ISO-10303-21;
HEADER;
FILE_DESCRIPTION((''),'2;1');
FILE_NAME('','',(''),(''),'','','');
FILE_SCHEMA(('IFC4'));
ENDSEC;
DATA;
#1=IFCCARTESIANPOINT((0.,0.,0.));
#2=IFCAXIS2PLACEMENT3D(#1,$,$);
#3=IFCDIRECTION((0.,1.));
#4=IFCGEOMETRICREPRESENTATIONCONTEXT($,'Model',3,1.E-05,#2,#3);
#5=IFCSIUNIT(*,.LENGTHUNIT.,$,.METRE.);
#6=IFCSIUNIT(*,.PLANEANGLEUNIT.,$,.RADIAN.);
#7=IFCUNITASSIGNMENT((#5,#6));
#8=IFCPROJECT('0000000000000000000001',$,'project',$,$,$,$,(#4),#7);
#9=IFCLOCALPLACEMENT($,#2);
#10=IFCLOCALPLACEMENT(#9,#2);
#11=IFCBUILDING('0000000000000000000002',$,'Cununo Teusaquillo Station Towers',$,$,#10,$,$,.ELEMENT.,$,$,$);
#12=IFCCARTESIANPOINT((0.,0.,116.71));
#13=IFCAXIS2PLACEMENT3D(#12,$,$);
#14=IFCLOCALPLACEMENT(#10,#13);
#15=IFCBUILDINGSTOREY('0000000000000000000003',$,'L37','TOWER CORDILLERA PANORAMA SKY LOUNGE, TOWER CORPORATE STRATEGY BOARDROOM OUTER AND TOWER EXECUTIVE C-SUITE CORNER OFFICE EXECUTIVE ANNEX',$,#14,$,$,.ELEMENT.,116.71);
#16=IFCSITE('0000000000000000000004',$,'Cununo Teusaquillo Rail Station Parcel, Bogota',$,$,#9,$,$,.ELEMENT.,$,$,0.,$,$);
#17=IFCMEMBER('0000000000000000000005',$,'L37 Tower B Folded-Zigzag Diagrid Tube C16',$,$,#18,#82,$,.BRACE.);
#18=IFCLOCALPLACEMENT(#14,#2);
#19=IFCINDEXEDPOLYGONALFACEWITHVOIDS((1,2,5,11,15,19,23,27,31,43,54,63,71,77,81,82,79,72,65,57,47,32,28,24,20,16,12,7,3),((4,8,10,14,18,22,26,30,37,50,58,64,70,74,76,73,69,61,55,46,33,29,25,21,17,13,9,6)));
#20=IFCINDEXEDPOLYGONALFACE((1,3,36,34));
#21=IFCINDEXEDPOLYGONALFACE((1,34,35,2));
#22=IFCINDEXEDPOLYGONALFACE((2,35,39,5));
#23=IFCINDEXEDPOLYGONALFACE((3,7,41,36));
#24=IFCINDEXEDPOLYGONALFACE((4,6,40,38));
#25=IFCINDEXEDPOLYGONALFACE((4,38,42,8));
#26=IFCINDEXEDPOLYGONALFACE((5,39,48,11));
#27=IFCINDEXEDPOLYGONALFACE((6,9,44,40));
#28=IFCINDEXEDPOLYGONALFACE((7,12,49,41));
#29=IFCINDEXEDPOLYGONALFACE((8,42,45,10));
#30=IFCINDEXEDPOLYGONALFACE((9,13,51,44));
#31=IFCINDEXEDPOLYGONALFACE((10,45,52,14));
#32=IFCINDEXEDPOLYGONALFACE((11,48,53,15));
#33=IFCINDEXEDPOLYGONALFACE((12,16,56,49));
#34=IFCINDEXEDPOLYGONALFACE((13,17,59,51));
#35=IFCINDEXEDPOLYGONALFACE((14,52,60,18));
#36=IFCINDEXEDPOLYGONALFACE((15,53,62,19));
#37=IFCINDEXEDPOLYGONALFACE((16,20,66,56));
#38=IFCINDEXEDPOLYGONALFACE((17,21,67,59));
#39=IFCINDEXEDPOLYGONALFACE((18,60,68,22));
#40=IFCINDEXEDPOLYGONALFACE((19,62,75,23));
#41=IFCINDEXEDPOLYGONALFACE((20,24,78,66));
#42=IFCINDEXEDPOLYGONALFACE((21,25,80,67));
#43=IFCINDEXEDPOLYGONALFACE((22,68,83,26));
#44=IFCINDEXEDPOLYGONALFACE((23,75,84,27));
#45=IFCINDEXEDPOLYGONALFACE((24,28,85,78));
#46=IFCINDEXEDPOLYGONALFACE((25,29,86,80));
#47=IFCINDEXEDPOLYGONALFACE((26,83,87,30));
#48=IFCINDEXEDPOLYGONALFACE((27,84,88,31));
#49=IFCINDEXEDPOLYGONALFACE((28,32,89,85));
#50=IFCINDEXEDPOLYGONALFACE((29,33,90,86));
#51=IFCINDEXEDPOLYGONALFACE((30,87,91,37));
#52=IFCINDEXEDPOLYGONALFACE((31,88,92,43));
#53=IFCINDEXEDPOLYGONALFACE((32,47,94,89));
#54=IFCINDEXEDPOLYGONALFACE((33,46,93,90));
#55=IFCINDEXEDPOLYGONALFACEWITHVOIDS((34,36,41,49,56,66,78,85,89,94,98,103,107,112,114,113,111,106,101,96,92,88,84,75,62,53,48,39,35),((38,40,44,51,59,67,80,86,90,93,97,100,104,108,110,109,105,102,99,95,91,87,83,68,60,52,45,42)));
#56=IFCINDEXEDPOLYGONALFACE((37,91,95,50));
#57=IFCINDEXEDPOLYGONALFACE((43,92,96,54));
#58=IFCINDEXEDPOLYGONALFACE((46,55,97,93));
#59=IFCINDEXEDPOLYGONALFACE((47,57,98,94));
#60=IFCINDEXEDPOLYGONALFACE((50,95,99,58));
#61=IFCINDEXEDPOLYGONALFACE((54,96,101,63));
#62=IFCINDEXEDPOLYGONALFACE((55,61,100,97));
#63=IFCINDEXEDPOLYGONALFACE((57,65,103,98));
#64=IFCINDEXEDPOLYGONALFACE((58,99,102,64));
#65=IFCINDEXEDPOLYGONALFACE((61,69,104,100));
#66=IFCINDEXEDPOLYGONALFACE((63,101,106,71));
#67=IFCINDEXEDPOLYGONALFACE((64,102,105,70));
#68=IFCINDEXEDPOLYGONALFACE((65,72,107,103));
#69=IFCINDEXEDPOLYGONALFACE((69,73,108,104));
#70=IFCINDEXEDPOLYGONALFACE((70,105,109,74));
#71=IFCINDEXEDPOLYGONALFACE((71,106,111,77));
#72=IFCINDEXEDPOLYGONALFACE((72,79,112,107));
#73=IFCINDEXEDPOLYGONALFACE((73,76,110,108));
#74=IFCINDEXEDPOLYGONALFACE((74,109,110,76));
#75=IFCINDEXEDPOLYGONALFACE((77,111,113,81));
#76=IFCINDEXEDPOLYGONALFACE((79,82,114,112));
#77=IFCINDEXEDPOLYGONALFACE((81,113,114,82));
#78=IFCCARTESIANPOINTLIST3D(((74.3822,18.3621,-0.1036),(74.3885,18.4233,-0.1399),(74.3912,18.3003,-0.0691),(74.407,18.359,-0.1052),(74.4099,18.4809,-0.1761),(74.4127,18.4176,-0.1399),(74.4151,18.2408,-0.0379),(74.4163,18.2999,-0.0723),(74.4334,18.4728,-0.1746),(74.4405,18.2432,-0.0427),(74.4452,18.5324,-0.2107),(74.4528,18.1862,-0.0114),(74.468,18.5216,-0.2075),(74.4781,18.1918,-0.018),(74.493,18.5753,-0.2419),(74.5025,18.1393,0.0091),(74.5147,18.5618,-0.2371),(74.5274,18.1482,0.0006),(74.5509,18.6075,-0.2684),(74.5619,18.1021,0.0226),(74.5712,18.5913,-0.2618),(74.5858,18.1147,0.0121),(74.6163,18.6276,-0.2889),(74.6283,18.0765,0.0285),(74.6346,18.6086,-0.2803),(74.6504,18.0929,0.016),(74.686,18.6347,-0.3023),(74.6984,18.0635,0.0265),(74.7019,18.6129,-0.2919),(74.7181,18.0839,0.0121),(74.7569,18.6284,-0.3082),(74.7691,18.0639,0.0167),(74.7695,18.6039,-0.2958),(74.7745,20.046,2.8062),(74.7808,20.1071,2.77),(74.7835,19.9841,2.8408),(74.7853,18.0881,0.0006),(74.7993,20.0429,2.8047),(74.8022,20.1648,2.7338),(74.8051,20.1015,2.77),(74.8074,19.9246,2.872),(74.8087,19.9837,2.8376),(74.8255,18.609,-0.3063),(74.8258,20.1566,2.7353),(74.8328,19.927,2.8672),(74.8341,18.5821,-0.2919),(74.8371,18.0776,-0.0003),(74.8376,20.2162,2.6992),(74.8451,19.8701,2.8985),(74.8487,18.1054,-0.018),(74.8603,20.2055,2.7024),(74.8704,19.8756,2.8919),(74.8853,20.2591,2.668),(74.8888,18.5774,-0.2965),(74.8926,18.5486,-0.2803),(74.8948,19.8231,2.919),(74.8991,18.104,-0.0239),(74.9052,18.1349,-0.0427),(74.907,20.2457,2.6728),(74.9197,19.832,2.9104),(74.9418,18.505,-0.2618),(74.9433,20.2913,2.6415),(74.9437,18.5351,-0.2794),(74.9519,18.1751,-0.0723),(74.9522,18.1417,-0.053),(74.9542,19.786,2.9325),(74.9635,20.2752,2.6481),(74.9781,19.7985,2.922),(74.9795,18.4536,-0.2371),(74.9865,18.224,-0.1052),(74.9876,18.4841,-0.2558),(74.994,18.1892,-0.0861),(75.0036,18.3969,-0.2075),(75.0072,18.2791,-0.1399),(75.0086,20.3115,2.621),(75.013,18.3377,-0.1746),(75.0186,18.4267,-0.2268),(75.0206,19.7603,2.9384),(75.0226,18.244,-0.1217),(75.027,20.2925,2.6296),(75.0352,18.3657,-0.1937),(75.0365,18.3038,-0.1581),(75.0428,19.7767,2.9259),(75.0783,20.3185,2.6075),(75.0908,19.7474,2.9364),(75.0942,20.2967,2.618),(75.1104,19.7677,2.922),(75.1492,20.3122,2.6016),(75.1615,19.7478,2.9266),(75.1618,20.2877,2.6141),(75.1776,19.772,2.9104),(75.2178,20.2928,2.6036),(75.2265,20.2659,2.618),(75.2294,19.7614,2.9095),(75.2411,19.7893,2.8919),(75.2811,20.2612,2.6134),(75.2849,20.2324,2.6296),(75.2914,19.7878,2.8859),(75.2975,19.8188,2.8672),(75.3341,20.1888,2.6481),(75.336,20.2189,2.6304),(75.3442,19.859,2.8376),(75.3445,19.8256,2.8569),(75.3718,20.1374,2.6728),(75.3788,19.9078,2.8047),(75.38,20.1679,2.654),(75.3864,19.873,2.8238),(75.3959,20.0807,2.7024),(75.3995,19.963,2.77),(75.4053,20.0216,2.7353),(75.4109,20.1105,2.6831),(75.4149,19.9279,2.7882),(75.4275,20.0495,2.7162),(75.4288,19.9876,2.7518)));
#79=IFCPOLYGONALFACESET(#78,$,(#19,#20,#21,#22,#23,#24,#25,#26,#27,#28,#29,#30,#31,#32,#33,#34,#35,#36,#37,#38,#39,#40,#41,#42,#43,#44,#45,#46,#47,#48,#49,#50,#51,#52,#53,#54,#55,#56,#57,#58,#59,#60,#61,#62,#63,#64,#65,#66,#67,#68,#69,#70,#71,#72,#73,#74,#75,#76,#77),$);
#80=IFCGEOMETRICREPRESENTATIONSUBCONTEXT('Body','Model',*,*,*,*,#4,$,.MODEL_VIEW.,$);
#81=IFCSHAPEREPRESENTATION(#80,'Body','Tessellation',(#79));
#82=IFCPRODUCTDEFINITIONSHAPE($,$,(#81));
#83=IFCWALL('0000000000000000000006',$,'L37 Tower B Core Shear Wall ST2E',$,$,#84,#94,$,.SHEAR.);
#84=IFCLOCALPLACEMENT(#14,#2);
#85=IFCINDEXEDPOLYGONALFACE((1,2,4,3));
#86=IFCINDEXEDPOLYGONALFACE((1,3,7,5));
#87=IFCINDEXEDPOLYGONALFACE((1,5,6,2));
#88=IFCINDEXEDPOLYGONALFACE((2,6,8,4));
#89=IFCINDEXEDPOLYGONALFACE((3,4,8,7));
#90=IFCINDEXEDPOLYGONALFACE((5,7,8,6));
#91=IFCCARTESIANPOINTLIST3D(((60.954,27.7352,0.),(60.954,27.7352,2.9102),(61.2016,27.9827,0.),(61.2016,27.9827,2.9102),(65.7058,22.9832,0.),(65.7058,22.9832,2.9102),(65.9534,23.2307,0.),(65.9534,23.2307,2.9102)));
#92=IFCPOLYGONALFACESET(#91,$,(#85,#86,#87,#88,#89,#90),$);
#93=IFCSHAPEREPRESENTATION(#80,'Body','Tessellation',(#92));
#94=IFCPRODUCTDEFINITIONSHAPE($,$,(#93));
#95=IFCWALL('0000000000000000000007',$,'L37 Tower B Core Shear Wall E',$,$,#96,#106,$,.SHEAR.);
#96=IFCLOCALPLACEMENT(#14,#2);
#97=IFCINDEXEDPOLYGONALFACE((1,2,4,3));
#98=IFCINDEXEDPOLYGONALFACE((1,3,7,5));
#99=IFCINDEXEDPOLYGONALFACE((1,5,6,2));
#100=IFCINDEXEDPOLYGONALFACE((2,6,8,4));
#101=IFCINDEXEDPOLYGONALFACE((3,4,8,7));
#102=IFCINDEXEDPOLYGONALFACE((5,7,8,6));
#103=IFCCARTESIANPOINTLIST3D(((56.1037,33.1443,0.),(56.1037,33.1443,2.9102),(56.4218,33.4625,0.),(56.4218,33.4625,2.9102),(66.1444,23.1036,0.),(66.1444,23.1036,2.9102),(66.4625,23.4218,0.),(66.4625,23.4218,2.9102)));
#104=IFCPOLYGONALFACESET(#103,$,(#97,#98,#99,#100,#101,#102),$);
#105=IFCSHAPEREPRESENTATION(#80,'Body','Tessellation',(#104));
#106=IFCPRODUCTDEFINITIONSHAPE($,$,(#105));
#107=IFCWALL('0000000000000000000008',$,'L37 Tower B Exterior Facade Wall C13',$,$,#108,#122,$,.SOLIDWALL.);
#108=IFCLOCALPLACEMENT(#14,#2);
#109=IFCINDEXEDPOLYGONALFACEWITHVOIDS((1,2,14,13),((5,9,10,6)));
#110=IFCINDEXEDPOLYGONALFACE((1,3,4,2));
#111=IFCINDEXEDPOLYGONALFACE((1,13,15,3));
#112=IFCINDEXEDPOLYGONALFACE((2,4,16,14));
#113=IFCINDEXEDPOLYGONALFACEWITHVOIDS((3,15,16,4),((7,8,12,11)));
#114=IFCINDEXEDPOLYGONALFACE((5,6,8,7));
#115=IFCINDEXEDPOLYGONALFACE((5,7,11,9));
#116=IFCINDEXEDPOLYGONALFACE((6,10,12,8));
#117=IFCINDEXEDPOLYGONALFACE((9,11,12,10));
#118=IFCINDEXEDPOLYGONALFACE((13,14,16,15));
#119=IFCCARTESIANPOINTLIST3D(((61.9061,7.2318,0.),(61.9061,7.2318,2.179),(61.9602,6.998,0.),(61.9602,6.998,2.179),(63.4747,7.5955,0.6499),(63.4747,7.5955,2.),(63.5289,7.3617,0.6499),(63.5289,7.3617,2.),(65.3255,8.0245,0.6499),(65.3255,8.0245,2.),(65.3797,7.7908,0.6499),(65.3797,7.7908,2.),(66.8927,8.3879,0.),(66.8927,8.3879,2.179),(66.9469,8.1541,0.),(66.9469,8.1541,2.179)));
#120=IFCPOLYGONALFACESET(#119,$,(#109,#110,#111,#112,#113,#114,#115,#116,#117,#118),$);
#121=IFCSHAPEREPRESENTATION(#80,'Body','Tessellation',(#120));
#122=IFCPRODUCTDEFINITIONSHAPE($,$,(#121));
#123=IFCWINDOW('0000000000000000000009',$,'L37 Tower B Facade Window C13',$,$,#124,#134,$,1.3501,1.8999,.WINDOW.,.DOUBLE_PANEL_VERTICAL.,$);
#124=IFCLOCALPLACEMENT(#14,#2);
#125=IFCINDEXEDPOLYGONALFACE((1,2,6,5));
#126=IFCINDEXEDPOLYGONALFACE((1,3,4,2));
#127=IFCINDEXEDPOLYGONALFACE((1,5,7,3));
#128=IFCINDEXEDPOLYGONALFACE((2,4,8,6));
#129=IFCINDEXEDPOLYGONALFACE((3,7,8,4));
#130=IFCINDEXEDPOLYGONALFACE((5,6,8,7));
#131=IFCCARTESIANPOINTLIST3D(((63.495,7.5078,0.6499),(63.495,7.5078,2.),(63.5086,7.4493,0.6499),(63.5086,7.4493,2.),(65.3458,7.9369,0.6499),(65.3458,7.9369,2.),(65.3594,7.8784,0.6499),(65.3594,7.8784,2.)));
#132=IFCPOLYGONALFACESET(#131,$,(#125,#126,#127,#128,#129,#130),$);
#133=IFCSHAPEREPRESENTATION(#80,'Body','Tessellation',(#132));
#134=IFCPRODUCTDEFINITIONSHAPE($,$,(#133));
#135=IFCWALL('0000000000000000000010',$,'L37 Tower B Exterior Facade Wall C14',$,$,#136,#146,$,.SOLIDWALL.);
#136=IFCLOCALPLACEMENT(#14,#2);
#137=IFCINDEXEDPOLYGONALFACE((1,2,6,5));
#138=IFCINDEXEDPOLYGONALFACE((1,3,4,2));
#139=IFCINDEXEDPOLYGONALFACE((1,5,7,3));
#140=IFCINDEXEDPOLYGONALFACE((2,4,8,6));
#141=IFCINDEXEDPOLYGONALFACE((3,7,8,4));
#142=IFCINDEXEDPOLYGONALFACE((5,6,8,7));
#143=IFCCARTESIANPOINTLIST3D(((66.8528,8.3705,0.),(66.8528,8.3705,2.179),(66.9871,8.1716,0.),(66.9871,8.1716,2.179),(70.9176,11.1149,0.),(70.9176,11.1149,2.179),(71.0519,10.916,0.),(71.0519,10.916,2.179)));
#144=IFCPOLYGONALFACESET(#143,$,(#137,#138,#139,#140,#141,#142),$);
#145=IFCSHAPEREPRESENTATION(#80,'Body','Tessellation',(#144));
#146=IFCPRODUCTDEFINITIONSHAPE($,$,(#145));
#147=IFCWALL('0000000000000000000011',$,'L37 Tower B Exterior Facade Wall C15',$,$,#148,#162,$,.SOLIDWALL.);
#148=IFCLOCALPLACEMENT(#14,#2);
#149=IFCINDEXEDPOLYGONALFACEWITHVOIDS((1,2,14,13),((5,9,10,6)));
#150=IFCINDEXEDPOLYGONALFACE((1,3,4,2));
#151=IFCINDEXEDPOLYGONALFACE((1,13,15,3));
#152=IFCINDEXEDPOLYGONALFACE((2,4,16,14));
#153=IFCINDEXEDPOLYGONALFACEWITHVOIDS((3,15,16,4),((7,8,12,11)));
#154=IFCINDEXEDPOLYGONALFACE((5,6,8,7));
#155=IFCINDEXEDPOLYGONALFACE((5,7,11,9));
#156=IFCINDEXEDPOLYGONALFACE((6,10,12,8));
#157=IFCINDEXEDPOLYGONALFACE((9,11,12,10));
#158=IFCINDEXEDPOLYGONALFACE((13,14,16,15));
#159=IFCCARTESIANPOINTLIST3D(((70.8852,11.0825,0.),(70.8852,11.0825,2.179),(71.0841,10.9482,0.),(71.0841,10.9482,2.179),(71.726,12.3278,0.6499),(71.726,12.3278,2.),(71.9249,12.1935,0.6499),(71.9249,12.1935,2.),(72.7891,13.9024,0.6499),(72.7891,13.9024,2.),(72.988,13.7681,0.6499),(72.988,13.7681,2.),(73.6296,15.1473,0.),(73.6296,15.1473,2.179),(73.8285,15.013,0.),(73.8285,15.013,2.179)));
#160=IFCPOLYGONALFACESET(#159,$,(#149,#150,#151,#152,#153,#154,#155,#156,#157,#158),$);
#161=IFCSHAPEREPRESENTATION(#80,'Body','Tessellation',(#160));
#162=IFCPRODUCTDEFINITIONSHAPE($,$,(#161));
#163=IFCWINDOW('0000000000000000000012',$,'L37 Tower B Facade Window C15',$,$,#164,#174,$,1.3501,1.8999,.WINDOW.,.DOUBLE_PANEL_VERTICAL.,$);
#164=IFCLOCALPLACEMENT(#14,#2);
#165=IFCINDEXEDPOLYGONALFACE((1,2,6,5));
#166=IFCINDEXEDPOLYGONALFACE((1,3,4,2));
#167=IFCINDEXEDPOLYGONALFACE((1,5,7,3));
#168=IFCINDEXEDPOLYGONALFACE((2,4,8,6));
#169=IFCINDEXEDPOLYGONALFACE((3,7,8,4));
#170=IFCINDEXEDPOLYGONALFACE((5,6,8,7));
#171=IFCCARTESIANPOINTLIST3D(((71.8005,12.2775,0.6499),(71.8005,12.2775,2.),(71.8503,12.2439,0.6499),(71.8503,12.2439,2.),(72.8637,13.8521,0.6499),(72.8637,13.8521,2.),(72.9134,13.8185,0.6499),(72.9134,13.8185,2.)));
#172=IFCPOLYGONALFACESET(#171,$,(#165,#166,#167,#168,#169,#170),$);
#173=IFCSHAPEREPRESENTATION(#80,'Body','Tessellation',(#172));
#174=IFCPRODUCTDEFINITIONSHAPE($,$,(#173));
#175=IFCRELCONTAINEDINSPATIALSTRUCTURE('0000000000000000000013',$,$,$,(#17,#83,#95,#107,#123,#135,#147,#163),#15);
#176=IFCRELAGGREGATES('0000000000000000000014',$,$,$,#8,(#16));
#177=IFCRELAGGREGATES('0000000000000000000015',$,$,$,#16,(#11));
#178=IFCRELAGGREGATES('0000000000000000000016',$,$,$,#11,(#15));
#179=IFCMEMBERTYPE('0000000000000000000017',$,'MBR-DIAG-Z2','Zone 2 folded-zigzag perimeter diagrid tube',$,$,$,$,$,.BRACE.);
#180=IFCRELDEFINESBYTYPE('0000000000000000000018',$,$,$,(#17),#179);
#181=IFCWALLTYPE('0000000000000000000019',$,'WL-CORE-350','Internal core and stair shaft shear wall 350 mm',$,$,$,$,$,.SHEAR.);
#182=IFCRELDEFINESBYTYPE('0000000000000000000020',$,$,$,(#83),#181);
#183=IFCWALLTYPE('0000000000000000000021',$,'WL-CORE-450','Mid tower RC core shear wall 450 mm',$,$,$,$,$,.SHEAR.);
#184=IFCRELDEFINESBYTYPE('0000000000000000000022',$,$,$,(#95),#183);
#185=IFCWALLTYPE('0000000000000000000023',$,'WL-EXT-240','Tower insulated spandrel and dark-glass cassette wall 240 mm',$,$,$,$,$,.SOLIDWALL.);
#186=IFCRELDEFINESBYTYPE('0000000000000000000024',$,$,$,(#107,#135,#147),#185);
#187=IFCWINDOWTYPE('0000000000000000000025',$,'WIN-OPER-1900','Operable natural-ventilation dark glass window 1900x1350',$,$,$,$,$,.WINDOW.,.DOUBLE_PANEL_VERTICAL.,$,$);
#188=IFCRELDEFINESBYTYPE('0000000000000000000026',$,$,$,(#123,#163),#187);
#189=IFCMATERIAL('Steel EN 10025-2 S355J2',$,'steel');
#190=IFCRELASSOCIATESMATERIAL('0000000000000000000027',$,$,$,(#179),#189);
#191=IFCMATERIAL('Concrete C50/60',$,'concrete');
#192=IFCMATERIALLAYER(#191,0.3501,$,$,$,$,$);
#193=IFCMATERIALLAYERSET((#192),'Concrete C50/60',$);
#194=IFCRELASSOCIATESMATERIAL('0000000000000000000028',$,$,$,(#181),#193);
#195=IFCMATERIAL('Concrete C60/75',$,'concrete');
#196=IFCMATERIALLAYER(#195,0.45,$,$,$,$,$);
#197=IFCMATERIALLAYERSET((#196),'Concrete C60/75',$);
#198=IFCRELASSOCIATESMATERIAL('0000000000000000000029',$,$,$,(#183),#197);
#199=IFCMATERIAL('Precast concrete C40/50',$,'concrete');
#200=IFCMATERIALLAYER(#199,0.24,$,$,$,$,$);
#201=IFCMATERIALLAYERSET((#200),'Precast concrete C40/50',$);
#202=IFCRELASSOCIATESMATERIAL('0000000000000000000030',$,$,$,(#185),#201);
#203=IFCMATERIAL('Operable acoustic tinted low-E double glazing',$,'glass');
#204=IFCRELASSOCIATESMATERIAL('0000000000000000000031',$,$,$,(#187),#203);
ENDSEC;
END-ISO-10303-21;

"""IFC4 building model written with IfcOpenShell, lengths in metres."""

from ifc_helpers import new_model, si_unit, direction, frame, frame_2d, origin, origin_2d, place, context, subcontext, project, spatial, rectangle, hollow_circle, extrude, source, transform, mapped, material, layer, layer_set, material_profile, profile_set, type_object, element, fill, save


model = new_model("IFC4")

# Units and contexts
model_context = context("Model", 3, precision=1e-05, world=origin(), true_north=direction((0.0, 1.0)))
body_context = subcontext(model_context, "Body", "Model", "MODEL_VIEW")
ifc_project = project(units=[si_unit("LENGTHUNIT", "METRE"), si_unit("PLANEANGLEUNIT", "RADIAN")], contexts=[model_context])

# Site, building, storey
site_placement = place(None, origin())
site = spatial("IfcSite", under=ifc_project, at=site_placement, Name="Cununo Teusaquillo Rail Station Parcel, Bogota", CompositionType="ELEMENT", RefElevation=0.0)
building_placement = place(site_placement, origin())
building = spatial("IfcBuilding", under=site, at=building_placement, Name="Cununo Teusaquillo Station Towers", CompositionType="ELEMENT")
storey_placement = place(building_placement, frame((0.0, 0.0, 116.71)))
storey = spatial("IfcBuildingStorey", under=building, at=storey_placement, Name="L37", Description="TOWER CORDILLERA PANORAMA SKY LOUNGE, TOWER CORPORATE STRATEGY BOARDROOM OUTER AND TOWER EXECUTIVE C-SUITE CORNER OFFICE EXECUTIVE ANNEX", CompositionType="ELEMENT", Elevation=116.71)

# Member
ifc_material_1 = material(Name="Steel EN 10025-2 S355J2", Category="steel")
ifc_material_profile_1 = material_profile(ifc_material_1, hollow_circle(Radius=0.3301, WallThickness=0.0249, at=origin_2d()), Name="CHS 660x25")
ifc_profile_set_1 = profile_set([ifc_material_profile_1], Name="Steel EN 10025-2 S355J2")
member_type = type_object("IfcMemberType", Name="MBR-DIAG-Z2", Description="Zone 2 folded-zigzag perimeter diagrid tube", PredefinedType="BRACE", material=ifc_profile_set_1)
member_1_placement = place(storey_placement, frame((74.71, 18.3484, -0.1399), z_axis=(0.115911, 0.497471, 0.859702), x_axis=(-0.973913, 0.226922, 0.0)))
element("IfcMember", 1, at=member_1_placement, inside=storey, type_object=member_type, Name="L37 Tower B Folded-Zigzag Diagrid Tube C16", PredefinedType="BRACE", context=body_context, shape_type="SweptSolid", body=[
    extrude(hollow_circle(Radius=0.3301, WallThickness=0.0249, at=origin_2d()), origin(), (0.0, 0.0, 1.0), 3.3848),
])

# Walls
ifc_material_2 = material(Name="Concrete C50/60", Category="concrete")
ifc_layer_1 = layer(ifc_material_2, 0.3501)
ifc_layer_set_1 = layer_set([ifc_layer_1], Name="Concrete C50/60")
wall_type_1 = type_object("IfcWallType", Name="WL-CORE-350", Description="Internal core and stair shaft shear wall 350 mm", PredefinedType="SHEAR", material=ifc_layer_set_1)
wall_1_placement = place(storey_placement, frame((65.8296, 23.1069, 0.0), z_axis=(0.0, 0.0, 1.0), x_axis=(-0.707089, 0.707125, 0.0)))
element("IfcWall", 2, at=wall_1_placement, inside=storey, type_object=wall_type_1, Name="L37 Tower B Core Shear Wall ST2E", PredefinedType="SHEAR", context=body_context, shape_type="SweptSolid", body=[
    extrude(rectangle(XDim=6.7202, YDim=0.3501, at=frame_2d((3.3601, 0.0))), origin(), (0.0, 0.0, 1.0), 2.9102),
])
ifc_material_3 = material(Name="Concrete C60/75", Category="concrete")
ifc_layer_2 = layer(ifc_material_3, 0.45)
ifc_layer_set_2 = layer_set([ifc_layer_2], Name="Concrete C60/75")
wall_type_2 = type_object("IfcWallType", Name="WL-CORE-450", Description="Mid tower RC core shear wall 450 mm", PredefinedType="SHEAR", material=ifc_layer_set_2)
wall_2_placement = place(storey_placement, frame((66.3035, 23.2627, 0.0), z_axis=(0.0, 0.0, 1.0), x_axis=(-0.707107, 0.707107, 0.0)))
element("IfcWall", 3, at=wall_2_placement, inside=storey, type_object=wall_type_2, Name="L37 Tower B Core Shear Wall E", PredefinedType="SHEAR", context=body_context, shape_type="SweptSolid", body=[
    extrude(rectangle(XDim=14.1997, YDim=0.45, at=frame_2d((7.0999, 0.0))), origin(), (0.0, 0.0, 1.0), 2.9102),
])

# Wall, opening, window
ifc_material_4 = material(Name="Precast concrete C40/50", Category="concrete")
ifc_layer_3 = layer(ifc_material_4, 0.24)
ifc_layer_set_3 = layer_set([ifc_layer_3], Name="Precast concrete C40/50")
wall_type_3 = type_object("IfcWallType", Name="WL-EXT-240", Description="Tower insulated spandrel and dark-glass cassette wall 240 mm", PredefinedType="SOLIDWALL", material=ifc_layer_set_3)
wall_3_placement = place(storey_placement, frame((66.9199, 8.271, 0.0), z_axis=(0.0, 0.0, 1.0), x_axis=(-0.974166, -0.225835, 0.0)))
wall_3 = element("IfcWall", 4, at=wall_3_placement, inside=storey, type_object=wall_type_3, Name="L37 Tower B Exterior Facade Wall C13", PredefinedType="SOLIDWALL", context=body_context, shape_type="SweptSolid", body=[
    extrude(rectangle(XDim=5.1189, YDim=0.24, at=frame_2d((2.5596, 0.0))), origin(), (0.0, 0.0, 1.0), 2.179),
])
shared_shape_1 = source(origin(), body_context, "Body", "SweptSolid", [
    extrude(rectangle(XDim=1.8999, YDim=1.3501, at=frame_2d((0.95, 0.675))), frame((0.0, 0.1299, 0.0), z_axis=(0.0, -1.0, 0.0), x_axis=(1.0, 0.0, 0.0)), (0.0, 0.0, 1.0), 0.26),
])
opening_1_placement = place(wall_3_placement, frame((1.6089, 0.0, 0.6499)))
opening_1 = element("IfcOpeningElement", 5, at=opening_1_placement, cuts=wall_3, PredefinedType="OPENING", context=body_context, shape_type="MappedRepresentation", body=[
    mapped(shared_shape_1, transform((0.0, 0.0, 0.0), x_axis=(1.0, 0.0, 0.0), y_axis=(0.0, 1.0, 0.0), z_axis=(0.0, 0.0, 1.0), scale=1.0)),
])
ifc_material_5 = material(Name="Operable acoustic tinted low-E double glazing", Category="glass")
window_type = type_object("IfcWindowType", Name="WIN-OPER-1900", Description="Operable natural-ventilation dark glass window 1900x1350", PartitioningType="DOUBLE_PANEL_VERTICAL", PredefinedType="WINDOW", material=ifc_material_5)
shared_shape_2 = source(origin(), body_context, "Body", "SweptSolid", [
    extrude(rectangle(XDim=1.8999, YDim=1.3501, at=frame_2d((0.95, 0.675))), frame((0.0, 0.03, 0.0), z_axis=(0.0, -1.0, 0.0), x_axis=(1.0, 0.0, 0.0)), (0.0, 0.0, 1.0), 0.0601),
])
window_1_placement = place(opening_1_placement, origin())
window_1 = element("IfcWindow", 6, at=window_1_placement, inside=storey, type_object=window_type, Name="L37 Tower B Facade Window C13", OverallHeight=1.3501, OverallWidth=1.8999, PartitioningType="DOUBLE_PANEL_VERTICAL", PredefinedType="WINDOW", context=body_context, shape_type="MappedRepresentation", body=[
    mapped(shared_shape_2, transform((0.0, 0.0, 0.0), x_axis=(1.0, 0.0, 0.0), y_axis=(0.0, 1.0, 0.0), z_axis=(0.0, 0.0, 1.0), scale=1.0)),
])
fill(opening_1, window_1)

# Wall
wall_4_placement = place(storey_placement, frame((70.9846, 11.0154, 0.0), z_axis=(0.0, 0.0, 1.0), x_axis=(-0.828781, -0.559573, 0.0)))
element("IfcWall", 7, at=wall_4_placement, inside=storey, type_object=wall_type_3, Name="L37 Tower B Exterior Facade Wall C14", PredefinedType="SOLIDWALL", context=body_context, shape_type="SweptSolid", body=[
    extrude(rectangle(XDim=4.9045, YDim=0.24, at=frame_2d((2.4521, 0.0))), origin(), (0.0, 0.0, 1.0), 2.179),
])

# Wall, opening, window
wall_5_placement = place(storey_placement, frame((73.729, 15.0801, 0.0), z_axis=(0.0, 0.0, 1.0), x_axis=(-0.559573, -0.828781, 0.0)))
wall_5 = element("IfcWall", 8, at=wall_5_placement, inside=storey, type_object=wall_type_3, Name="L37 Tower B Exterior Facade Wall C15", PredefinedType="SOLIDWALL", context=body_context, shape_type="SweptSolid", body=[
    extrude(rectangle(XDim=4.9045, YDim=0.24, at=frame_2d((2.4521, 0.0))), origin(), (0.0, 0.0, 1.0), 2.179),
])
opening_2_placement = place(wall_5_placement, frame((1.502, 0.0, 0.6499)))
opening_2 = element("IfcOpeningElement", 9, at=opening_2_placement, cuts=wall_5, PredefinedType="OPENING", context=body_context, shape_type="MappedRepresentation", body=[
    mapped(shared_shape_1, transform((0.0, 0.0, 0.0), x_axis=(1.0, 0.0, 0.0), y_axis=(0.0, 1.0, 0.0), z_axis=(0.0, 0.0, 1.0), scale=1.0)),
])
window_2_placement = place(opening_2_placement, origin())
window_2 = element("IfcWindow", 10, at=window_2_placement, inside=storey, type_object=window_type, Name="L37 Tower B Facade Window C15", OverallHeight=1.3501, OverallWidth=1.8999, PartitioningType="DOUBLE_PANEL_VERTICAL", PredefinedType="WINDOW", context=body_context, shape_type="MappedRepresentation", body=[
    mapped(shared_shape_2, transform((0.0, 0.0, 0.0), x_axis=(1.0, 0.0, 0.0), y_axis=(0.0, 1.0, 0.0), z_axis=(0.0, 0.0, 1.0), scale=1.0)),
])
fill(opening_2, window_2)

save(model, "model.ifc")
